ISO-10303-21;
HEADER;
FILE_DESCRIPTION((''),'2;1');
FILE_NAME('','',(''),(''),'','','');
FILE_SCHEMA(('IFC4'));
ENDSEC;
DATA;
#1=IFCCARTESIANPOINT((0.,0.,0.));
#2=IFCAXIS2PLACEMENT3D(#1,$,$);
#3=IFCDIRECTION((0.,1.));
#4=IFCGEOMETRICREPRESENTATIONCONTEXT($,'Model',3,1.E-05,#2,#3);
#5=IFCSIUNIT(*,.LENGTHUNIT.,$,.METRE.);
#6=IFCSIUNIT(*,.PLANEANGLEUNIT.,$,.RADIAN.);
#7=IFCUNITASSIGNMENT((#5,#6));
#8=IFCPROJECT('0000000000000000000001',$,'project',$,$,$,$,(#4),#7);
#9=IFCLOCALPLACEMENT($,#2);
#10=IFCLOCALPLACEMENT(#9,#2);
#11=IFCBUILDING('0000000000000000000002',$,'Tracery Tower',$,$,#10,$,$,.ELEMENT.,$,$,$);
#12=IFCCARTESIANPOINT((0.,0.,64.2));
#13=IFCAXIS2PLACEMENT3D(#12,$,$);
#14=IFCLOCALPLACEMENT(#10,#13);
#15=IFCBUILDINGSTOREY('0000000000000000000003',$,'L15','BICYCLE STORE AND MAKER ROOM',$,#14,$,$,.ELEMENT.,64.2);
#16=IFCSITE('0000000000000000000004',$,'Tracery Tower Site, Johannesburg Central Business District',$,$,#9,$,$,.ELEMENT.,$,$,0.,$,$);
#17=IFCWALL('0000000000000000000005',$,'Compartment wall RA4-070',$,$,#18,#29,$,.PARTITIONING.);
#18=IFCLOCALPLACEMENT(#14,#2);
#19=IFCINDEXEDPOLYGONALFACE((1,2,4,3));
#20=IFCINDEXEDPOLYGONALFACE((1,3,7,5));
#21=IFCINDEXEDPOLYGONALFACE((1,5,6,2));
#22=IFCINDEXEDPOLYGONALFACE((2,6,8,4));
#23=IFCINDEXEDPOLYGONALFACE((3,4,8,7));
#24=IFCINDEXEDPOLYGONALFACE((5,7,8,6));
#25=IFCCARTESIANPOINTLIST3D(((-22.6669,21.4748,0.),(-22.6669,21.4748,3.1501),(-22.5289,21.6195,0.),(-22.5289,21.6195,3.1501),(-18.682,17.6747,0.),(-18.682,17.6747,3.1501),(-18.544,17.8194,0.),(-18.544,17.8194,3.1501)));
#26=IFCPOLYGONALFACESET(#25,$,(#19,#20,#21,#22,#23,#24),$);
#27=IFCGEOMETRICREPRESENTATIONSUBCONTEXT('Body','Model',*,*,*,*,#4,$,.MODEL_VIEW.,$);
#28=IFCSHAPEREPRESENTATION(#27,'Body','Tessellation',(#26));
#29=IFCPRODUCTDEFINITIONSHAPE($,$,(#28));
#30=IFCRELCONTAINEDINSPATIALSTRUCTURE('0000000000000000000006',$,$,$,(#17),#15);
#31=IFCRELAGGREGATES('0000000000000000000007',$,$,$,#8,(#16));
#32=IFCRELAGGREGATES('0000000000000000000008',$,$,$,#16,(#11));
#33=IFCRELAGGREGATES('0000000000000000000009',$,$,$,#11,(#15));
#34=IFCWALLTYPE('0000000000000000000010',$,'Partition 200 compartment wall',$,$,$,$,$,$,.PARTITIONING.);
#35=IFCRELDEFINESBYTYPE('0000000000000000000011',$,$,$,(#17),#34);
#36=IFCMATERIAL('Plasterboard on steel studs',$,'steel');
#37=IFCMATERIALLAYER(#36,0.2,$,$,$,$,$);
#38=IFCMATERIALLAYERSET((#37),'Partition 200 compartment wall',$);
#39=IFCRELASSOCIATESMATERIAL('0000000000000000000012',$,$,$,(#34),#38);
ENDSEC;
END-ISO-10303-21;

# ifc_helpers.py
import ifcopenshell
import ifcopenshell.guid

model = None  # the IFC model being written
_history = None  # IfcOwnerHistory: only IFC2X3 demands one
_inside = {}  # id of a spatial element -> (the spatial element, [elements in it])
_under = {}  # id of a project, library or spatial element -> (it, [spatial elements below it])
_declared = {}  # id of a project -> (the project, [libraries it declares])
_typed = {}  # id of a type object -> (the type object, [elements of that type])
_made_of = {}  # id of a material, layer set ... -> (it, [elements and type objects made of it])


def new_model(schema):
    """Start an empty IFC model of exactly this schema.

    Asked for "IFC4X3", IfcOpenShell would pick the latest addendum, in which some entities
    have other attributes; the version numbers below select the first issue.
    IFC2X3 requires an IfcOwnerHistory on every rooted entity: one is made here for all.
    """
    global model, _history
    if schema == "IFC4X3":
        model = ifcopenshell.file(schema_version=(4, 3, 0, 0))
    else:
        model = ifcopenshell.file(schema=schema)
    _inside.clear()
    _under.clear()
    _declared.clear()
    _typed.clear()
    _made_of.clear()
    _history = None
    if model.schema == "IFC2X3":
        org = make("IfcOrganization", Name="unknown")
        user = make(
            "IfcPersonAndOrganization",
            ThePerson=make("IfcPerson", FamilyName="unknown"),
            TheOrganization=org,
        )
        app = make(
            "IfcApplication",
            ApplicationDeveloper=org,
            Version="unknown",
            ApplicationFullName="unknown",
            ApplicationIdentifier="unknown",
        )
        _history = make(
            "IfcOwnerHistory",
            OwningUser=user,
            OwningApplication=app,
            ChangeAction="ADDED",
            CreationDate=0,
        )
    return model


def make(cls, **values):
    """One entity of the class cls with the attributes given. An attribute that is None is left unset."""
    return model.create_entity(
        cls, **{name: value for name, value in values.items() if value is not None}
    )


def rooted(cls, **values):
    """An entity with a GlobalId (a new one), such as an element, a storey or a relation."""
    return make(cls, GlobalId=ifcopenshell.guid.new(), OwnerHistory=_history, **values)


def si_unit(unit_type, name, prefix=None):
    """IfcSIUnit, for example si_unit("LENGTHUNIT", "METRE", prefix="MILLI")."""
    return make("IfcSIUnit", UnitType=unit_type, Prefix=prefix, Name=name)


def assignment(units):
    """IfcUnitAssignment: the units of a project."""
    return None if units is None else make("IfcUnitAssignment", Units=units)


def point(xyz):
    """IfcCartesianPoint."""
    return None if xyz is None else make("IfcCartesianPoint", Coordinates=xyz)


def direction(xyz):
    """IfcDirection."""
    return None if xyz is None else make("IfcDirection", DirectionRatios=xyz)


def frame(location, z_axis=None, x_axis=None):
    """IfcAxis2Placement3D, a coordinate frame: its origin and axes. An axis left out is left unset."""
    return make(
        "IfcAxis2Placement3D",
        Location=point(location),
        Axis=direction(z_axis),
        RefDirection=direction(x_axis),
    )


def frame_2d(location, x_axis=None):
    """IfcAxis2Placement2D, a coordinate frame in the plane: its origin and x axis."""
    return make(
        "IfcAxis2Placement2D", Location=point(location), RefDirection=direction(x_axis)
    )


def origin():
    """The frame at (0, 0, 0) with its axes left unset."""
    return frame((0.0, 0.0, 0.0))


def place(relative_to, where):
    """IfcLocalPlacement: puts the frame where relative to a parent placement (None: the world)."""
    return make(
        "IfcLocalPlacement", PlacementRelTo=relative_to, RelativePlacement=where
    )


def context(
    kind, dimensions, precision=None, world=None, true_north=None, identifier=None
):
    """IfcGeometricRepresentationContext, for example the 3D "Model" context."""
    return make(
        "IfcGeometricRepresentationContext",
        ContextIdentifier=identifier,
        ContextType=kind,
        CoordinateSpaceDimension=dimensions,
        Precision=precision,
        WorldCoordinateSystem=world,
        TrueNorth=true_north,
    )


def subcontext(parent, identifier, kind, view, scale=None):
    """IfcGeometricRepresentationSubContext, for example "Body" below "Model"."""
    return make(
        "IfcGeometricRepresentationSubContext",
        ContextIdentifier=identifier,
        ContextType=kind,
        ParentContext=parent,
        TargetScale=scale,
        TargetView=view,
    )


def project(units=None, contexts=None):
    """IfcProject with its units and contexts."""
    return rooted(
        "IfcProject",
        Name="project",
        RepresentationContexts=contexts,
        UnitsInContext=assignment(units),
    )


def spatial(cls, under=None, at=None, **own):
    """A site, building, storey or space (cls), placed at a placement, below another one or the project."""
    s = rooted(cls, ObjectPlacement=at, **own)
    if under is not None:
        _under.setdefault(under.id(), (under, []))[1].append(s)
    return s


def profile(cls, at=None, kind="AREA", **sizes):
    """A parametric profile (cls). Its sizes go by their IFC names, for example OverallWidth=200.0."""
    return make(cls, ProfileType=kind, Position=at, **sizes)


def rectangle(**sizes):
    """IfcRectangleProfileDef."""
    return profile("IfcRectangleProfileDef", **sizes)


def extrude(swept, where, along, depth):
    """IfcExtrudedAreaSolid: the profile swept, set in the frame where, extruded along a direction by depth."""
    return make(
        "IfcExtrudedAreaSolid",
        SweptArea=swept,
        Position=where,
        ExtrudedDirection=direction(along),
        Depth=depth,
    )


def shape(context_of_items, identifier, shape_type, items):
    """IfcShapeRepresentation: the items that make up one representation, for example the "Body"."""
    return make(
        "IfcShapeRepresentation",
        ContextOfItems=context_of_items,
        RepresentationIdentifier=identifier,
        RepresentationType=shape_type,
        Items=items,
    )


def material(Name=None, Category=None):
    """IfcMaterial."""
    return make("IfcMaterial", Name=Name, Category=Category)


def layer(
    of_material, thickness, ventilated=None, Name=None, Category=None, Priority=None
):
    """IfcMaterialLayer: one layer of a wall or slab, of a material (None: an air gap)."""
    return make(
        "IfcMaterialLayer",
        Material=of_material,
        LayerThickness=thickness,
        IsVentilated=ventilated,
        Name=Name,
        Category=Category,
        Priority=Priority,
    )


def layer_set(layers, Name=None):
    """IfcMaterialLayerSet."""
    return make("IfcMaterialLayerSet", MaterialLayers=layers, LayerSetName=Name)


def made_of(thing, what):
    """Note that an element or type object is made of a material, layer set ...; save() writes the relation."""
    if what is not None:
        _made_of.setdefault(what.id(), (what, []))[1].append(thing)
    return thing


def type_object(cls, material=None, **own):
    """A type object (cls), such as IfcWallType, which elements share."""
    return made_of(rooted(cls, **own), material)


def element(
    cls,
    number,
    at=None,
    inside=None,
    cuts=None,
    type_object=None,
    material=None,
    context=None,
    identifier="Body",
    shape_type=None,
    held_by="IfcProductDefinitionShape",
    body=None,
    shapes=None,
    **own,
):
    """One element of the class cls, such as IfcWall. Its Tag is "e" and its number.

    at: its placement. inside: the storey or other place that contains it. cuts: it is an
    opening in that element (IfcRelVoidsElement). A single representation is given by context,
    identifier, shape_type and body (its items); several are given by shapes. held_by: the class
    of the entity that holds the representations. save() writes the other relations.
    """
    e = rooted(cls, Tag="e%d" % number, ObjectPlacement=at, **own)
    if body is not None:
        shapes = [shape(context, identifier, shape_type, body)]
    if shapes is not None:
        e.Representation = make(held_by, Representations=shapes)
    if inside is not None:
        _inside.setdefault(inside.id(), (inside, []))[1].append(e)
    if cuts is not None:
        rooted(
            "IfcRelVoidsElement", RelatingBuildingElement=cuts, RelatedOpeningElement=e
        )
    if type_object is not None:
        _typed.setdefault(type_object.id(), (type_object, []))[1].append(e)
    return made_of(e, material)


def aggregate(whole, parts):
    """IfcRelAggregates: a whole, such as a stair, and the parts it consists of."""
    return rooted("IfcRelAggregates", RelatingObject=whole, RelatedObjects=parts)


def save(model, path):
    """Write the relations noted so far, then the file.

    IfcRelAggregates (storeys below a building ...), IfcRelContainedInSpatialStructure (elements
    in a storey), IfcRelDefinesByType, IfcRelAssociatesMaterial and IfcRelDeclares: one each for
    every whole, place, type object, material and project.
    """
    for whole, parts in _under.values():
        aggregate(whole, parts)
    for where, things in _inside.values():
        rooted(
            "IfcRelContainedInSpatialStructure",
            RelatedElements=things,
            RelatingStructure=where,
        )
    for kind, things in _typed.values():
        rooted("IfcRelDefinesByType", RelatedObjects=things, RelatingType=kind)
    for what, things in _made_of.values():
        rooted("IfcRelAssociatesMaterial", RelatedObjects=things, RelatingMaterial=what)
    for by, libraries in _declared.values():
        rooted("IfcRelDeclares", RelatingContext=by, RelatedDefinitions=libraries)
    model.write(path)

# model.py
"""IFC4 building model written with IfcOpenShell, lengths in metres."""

from ifc_helpers import new_model, si_unit, direction, frame, frame_2d, origin, place, context, subcontext, project, spatial, rectangle, extrude, material, layer, layer_set, type_object, element, save


model = new_model("IFC4")

# Units and contexts
model_context = context("Model", 3, precision=1e-05, world=origin(), true_north=direction((0.0, 1.0)))
body_context = subcontext(model_context, "Body", "Model", "MODEL_VIEW")
ifc_project = project(units=[si_unit("LENGTHUNIT", "METRE"), si_unit("PLANEANGLEUNIT", "RADIAN")], contexts=[model_context])

# Site, building, storey
site_placement = place(None, origin())
site = spatial("IfcSite", under=ifc_project, at=site_placement, Name="Tracery Tower Site, Johannesburg Central Business District", CompositionType="ELEMENT", RefElevation=0.0)
building_placement = place(site_placement, origin())
building = spatial("IfcBuilding", under=site, at=building_placement, Name="Tracery Tower", CompositionType="ELEMENT")
storey_placement = place(building_placement, frame((0.0, 0.0, 64.2)))
storey = spatial("IfcBuildingStorey", under=building, at=storey_placement, Name="L15", Description="BICYCLE STORE AND MAKER ROOM", CompositionType="ELEMENT", Elevation=64.2)

# Wall
ifc_material_1 = material(Name="Plasterboard on steel studs", Category="steel")
ifc_layer_1 = layer(ifc_material_1, 0.2)
ifc_layer_set_1 = layer_set([ifc_layer_1], Name="Partition 200 compartment wall")
wall_type_1 = type_object("IfcWallType", Name="Partition 200 compartment wall", PredefinedType="PARTITIONING", material=ifc_layer_set_1)
wall_1_placement = place(storey_placement, frame((-22.5979, 21.5471, 0.0), z_axis=(0.0, 0.0, 1.0), x_axis=(0.72369, -0.690126, 0.0)))
element("IfcWall", 1, at=wall_1_placement, inside=storey, type_object=wall_type_1, Name="Compartment wall RA4-070", PredefinedType="PARTITIONING", context=body_context, shape_type="SweptSolid", body=[
    extrude(rectangle(XDim=5.5063, YDim=0.2, at=frame_2d((2.7532, 0.0))), origin(), (0.0, 0.0, 1.0), 3.1501),
])

save(model, "model.ifc")
